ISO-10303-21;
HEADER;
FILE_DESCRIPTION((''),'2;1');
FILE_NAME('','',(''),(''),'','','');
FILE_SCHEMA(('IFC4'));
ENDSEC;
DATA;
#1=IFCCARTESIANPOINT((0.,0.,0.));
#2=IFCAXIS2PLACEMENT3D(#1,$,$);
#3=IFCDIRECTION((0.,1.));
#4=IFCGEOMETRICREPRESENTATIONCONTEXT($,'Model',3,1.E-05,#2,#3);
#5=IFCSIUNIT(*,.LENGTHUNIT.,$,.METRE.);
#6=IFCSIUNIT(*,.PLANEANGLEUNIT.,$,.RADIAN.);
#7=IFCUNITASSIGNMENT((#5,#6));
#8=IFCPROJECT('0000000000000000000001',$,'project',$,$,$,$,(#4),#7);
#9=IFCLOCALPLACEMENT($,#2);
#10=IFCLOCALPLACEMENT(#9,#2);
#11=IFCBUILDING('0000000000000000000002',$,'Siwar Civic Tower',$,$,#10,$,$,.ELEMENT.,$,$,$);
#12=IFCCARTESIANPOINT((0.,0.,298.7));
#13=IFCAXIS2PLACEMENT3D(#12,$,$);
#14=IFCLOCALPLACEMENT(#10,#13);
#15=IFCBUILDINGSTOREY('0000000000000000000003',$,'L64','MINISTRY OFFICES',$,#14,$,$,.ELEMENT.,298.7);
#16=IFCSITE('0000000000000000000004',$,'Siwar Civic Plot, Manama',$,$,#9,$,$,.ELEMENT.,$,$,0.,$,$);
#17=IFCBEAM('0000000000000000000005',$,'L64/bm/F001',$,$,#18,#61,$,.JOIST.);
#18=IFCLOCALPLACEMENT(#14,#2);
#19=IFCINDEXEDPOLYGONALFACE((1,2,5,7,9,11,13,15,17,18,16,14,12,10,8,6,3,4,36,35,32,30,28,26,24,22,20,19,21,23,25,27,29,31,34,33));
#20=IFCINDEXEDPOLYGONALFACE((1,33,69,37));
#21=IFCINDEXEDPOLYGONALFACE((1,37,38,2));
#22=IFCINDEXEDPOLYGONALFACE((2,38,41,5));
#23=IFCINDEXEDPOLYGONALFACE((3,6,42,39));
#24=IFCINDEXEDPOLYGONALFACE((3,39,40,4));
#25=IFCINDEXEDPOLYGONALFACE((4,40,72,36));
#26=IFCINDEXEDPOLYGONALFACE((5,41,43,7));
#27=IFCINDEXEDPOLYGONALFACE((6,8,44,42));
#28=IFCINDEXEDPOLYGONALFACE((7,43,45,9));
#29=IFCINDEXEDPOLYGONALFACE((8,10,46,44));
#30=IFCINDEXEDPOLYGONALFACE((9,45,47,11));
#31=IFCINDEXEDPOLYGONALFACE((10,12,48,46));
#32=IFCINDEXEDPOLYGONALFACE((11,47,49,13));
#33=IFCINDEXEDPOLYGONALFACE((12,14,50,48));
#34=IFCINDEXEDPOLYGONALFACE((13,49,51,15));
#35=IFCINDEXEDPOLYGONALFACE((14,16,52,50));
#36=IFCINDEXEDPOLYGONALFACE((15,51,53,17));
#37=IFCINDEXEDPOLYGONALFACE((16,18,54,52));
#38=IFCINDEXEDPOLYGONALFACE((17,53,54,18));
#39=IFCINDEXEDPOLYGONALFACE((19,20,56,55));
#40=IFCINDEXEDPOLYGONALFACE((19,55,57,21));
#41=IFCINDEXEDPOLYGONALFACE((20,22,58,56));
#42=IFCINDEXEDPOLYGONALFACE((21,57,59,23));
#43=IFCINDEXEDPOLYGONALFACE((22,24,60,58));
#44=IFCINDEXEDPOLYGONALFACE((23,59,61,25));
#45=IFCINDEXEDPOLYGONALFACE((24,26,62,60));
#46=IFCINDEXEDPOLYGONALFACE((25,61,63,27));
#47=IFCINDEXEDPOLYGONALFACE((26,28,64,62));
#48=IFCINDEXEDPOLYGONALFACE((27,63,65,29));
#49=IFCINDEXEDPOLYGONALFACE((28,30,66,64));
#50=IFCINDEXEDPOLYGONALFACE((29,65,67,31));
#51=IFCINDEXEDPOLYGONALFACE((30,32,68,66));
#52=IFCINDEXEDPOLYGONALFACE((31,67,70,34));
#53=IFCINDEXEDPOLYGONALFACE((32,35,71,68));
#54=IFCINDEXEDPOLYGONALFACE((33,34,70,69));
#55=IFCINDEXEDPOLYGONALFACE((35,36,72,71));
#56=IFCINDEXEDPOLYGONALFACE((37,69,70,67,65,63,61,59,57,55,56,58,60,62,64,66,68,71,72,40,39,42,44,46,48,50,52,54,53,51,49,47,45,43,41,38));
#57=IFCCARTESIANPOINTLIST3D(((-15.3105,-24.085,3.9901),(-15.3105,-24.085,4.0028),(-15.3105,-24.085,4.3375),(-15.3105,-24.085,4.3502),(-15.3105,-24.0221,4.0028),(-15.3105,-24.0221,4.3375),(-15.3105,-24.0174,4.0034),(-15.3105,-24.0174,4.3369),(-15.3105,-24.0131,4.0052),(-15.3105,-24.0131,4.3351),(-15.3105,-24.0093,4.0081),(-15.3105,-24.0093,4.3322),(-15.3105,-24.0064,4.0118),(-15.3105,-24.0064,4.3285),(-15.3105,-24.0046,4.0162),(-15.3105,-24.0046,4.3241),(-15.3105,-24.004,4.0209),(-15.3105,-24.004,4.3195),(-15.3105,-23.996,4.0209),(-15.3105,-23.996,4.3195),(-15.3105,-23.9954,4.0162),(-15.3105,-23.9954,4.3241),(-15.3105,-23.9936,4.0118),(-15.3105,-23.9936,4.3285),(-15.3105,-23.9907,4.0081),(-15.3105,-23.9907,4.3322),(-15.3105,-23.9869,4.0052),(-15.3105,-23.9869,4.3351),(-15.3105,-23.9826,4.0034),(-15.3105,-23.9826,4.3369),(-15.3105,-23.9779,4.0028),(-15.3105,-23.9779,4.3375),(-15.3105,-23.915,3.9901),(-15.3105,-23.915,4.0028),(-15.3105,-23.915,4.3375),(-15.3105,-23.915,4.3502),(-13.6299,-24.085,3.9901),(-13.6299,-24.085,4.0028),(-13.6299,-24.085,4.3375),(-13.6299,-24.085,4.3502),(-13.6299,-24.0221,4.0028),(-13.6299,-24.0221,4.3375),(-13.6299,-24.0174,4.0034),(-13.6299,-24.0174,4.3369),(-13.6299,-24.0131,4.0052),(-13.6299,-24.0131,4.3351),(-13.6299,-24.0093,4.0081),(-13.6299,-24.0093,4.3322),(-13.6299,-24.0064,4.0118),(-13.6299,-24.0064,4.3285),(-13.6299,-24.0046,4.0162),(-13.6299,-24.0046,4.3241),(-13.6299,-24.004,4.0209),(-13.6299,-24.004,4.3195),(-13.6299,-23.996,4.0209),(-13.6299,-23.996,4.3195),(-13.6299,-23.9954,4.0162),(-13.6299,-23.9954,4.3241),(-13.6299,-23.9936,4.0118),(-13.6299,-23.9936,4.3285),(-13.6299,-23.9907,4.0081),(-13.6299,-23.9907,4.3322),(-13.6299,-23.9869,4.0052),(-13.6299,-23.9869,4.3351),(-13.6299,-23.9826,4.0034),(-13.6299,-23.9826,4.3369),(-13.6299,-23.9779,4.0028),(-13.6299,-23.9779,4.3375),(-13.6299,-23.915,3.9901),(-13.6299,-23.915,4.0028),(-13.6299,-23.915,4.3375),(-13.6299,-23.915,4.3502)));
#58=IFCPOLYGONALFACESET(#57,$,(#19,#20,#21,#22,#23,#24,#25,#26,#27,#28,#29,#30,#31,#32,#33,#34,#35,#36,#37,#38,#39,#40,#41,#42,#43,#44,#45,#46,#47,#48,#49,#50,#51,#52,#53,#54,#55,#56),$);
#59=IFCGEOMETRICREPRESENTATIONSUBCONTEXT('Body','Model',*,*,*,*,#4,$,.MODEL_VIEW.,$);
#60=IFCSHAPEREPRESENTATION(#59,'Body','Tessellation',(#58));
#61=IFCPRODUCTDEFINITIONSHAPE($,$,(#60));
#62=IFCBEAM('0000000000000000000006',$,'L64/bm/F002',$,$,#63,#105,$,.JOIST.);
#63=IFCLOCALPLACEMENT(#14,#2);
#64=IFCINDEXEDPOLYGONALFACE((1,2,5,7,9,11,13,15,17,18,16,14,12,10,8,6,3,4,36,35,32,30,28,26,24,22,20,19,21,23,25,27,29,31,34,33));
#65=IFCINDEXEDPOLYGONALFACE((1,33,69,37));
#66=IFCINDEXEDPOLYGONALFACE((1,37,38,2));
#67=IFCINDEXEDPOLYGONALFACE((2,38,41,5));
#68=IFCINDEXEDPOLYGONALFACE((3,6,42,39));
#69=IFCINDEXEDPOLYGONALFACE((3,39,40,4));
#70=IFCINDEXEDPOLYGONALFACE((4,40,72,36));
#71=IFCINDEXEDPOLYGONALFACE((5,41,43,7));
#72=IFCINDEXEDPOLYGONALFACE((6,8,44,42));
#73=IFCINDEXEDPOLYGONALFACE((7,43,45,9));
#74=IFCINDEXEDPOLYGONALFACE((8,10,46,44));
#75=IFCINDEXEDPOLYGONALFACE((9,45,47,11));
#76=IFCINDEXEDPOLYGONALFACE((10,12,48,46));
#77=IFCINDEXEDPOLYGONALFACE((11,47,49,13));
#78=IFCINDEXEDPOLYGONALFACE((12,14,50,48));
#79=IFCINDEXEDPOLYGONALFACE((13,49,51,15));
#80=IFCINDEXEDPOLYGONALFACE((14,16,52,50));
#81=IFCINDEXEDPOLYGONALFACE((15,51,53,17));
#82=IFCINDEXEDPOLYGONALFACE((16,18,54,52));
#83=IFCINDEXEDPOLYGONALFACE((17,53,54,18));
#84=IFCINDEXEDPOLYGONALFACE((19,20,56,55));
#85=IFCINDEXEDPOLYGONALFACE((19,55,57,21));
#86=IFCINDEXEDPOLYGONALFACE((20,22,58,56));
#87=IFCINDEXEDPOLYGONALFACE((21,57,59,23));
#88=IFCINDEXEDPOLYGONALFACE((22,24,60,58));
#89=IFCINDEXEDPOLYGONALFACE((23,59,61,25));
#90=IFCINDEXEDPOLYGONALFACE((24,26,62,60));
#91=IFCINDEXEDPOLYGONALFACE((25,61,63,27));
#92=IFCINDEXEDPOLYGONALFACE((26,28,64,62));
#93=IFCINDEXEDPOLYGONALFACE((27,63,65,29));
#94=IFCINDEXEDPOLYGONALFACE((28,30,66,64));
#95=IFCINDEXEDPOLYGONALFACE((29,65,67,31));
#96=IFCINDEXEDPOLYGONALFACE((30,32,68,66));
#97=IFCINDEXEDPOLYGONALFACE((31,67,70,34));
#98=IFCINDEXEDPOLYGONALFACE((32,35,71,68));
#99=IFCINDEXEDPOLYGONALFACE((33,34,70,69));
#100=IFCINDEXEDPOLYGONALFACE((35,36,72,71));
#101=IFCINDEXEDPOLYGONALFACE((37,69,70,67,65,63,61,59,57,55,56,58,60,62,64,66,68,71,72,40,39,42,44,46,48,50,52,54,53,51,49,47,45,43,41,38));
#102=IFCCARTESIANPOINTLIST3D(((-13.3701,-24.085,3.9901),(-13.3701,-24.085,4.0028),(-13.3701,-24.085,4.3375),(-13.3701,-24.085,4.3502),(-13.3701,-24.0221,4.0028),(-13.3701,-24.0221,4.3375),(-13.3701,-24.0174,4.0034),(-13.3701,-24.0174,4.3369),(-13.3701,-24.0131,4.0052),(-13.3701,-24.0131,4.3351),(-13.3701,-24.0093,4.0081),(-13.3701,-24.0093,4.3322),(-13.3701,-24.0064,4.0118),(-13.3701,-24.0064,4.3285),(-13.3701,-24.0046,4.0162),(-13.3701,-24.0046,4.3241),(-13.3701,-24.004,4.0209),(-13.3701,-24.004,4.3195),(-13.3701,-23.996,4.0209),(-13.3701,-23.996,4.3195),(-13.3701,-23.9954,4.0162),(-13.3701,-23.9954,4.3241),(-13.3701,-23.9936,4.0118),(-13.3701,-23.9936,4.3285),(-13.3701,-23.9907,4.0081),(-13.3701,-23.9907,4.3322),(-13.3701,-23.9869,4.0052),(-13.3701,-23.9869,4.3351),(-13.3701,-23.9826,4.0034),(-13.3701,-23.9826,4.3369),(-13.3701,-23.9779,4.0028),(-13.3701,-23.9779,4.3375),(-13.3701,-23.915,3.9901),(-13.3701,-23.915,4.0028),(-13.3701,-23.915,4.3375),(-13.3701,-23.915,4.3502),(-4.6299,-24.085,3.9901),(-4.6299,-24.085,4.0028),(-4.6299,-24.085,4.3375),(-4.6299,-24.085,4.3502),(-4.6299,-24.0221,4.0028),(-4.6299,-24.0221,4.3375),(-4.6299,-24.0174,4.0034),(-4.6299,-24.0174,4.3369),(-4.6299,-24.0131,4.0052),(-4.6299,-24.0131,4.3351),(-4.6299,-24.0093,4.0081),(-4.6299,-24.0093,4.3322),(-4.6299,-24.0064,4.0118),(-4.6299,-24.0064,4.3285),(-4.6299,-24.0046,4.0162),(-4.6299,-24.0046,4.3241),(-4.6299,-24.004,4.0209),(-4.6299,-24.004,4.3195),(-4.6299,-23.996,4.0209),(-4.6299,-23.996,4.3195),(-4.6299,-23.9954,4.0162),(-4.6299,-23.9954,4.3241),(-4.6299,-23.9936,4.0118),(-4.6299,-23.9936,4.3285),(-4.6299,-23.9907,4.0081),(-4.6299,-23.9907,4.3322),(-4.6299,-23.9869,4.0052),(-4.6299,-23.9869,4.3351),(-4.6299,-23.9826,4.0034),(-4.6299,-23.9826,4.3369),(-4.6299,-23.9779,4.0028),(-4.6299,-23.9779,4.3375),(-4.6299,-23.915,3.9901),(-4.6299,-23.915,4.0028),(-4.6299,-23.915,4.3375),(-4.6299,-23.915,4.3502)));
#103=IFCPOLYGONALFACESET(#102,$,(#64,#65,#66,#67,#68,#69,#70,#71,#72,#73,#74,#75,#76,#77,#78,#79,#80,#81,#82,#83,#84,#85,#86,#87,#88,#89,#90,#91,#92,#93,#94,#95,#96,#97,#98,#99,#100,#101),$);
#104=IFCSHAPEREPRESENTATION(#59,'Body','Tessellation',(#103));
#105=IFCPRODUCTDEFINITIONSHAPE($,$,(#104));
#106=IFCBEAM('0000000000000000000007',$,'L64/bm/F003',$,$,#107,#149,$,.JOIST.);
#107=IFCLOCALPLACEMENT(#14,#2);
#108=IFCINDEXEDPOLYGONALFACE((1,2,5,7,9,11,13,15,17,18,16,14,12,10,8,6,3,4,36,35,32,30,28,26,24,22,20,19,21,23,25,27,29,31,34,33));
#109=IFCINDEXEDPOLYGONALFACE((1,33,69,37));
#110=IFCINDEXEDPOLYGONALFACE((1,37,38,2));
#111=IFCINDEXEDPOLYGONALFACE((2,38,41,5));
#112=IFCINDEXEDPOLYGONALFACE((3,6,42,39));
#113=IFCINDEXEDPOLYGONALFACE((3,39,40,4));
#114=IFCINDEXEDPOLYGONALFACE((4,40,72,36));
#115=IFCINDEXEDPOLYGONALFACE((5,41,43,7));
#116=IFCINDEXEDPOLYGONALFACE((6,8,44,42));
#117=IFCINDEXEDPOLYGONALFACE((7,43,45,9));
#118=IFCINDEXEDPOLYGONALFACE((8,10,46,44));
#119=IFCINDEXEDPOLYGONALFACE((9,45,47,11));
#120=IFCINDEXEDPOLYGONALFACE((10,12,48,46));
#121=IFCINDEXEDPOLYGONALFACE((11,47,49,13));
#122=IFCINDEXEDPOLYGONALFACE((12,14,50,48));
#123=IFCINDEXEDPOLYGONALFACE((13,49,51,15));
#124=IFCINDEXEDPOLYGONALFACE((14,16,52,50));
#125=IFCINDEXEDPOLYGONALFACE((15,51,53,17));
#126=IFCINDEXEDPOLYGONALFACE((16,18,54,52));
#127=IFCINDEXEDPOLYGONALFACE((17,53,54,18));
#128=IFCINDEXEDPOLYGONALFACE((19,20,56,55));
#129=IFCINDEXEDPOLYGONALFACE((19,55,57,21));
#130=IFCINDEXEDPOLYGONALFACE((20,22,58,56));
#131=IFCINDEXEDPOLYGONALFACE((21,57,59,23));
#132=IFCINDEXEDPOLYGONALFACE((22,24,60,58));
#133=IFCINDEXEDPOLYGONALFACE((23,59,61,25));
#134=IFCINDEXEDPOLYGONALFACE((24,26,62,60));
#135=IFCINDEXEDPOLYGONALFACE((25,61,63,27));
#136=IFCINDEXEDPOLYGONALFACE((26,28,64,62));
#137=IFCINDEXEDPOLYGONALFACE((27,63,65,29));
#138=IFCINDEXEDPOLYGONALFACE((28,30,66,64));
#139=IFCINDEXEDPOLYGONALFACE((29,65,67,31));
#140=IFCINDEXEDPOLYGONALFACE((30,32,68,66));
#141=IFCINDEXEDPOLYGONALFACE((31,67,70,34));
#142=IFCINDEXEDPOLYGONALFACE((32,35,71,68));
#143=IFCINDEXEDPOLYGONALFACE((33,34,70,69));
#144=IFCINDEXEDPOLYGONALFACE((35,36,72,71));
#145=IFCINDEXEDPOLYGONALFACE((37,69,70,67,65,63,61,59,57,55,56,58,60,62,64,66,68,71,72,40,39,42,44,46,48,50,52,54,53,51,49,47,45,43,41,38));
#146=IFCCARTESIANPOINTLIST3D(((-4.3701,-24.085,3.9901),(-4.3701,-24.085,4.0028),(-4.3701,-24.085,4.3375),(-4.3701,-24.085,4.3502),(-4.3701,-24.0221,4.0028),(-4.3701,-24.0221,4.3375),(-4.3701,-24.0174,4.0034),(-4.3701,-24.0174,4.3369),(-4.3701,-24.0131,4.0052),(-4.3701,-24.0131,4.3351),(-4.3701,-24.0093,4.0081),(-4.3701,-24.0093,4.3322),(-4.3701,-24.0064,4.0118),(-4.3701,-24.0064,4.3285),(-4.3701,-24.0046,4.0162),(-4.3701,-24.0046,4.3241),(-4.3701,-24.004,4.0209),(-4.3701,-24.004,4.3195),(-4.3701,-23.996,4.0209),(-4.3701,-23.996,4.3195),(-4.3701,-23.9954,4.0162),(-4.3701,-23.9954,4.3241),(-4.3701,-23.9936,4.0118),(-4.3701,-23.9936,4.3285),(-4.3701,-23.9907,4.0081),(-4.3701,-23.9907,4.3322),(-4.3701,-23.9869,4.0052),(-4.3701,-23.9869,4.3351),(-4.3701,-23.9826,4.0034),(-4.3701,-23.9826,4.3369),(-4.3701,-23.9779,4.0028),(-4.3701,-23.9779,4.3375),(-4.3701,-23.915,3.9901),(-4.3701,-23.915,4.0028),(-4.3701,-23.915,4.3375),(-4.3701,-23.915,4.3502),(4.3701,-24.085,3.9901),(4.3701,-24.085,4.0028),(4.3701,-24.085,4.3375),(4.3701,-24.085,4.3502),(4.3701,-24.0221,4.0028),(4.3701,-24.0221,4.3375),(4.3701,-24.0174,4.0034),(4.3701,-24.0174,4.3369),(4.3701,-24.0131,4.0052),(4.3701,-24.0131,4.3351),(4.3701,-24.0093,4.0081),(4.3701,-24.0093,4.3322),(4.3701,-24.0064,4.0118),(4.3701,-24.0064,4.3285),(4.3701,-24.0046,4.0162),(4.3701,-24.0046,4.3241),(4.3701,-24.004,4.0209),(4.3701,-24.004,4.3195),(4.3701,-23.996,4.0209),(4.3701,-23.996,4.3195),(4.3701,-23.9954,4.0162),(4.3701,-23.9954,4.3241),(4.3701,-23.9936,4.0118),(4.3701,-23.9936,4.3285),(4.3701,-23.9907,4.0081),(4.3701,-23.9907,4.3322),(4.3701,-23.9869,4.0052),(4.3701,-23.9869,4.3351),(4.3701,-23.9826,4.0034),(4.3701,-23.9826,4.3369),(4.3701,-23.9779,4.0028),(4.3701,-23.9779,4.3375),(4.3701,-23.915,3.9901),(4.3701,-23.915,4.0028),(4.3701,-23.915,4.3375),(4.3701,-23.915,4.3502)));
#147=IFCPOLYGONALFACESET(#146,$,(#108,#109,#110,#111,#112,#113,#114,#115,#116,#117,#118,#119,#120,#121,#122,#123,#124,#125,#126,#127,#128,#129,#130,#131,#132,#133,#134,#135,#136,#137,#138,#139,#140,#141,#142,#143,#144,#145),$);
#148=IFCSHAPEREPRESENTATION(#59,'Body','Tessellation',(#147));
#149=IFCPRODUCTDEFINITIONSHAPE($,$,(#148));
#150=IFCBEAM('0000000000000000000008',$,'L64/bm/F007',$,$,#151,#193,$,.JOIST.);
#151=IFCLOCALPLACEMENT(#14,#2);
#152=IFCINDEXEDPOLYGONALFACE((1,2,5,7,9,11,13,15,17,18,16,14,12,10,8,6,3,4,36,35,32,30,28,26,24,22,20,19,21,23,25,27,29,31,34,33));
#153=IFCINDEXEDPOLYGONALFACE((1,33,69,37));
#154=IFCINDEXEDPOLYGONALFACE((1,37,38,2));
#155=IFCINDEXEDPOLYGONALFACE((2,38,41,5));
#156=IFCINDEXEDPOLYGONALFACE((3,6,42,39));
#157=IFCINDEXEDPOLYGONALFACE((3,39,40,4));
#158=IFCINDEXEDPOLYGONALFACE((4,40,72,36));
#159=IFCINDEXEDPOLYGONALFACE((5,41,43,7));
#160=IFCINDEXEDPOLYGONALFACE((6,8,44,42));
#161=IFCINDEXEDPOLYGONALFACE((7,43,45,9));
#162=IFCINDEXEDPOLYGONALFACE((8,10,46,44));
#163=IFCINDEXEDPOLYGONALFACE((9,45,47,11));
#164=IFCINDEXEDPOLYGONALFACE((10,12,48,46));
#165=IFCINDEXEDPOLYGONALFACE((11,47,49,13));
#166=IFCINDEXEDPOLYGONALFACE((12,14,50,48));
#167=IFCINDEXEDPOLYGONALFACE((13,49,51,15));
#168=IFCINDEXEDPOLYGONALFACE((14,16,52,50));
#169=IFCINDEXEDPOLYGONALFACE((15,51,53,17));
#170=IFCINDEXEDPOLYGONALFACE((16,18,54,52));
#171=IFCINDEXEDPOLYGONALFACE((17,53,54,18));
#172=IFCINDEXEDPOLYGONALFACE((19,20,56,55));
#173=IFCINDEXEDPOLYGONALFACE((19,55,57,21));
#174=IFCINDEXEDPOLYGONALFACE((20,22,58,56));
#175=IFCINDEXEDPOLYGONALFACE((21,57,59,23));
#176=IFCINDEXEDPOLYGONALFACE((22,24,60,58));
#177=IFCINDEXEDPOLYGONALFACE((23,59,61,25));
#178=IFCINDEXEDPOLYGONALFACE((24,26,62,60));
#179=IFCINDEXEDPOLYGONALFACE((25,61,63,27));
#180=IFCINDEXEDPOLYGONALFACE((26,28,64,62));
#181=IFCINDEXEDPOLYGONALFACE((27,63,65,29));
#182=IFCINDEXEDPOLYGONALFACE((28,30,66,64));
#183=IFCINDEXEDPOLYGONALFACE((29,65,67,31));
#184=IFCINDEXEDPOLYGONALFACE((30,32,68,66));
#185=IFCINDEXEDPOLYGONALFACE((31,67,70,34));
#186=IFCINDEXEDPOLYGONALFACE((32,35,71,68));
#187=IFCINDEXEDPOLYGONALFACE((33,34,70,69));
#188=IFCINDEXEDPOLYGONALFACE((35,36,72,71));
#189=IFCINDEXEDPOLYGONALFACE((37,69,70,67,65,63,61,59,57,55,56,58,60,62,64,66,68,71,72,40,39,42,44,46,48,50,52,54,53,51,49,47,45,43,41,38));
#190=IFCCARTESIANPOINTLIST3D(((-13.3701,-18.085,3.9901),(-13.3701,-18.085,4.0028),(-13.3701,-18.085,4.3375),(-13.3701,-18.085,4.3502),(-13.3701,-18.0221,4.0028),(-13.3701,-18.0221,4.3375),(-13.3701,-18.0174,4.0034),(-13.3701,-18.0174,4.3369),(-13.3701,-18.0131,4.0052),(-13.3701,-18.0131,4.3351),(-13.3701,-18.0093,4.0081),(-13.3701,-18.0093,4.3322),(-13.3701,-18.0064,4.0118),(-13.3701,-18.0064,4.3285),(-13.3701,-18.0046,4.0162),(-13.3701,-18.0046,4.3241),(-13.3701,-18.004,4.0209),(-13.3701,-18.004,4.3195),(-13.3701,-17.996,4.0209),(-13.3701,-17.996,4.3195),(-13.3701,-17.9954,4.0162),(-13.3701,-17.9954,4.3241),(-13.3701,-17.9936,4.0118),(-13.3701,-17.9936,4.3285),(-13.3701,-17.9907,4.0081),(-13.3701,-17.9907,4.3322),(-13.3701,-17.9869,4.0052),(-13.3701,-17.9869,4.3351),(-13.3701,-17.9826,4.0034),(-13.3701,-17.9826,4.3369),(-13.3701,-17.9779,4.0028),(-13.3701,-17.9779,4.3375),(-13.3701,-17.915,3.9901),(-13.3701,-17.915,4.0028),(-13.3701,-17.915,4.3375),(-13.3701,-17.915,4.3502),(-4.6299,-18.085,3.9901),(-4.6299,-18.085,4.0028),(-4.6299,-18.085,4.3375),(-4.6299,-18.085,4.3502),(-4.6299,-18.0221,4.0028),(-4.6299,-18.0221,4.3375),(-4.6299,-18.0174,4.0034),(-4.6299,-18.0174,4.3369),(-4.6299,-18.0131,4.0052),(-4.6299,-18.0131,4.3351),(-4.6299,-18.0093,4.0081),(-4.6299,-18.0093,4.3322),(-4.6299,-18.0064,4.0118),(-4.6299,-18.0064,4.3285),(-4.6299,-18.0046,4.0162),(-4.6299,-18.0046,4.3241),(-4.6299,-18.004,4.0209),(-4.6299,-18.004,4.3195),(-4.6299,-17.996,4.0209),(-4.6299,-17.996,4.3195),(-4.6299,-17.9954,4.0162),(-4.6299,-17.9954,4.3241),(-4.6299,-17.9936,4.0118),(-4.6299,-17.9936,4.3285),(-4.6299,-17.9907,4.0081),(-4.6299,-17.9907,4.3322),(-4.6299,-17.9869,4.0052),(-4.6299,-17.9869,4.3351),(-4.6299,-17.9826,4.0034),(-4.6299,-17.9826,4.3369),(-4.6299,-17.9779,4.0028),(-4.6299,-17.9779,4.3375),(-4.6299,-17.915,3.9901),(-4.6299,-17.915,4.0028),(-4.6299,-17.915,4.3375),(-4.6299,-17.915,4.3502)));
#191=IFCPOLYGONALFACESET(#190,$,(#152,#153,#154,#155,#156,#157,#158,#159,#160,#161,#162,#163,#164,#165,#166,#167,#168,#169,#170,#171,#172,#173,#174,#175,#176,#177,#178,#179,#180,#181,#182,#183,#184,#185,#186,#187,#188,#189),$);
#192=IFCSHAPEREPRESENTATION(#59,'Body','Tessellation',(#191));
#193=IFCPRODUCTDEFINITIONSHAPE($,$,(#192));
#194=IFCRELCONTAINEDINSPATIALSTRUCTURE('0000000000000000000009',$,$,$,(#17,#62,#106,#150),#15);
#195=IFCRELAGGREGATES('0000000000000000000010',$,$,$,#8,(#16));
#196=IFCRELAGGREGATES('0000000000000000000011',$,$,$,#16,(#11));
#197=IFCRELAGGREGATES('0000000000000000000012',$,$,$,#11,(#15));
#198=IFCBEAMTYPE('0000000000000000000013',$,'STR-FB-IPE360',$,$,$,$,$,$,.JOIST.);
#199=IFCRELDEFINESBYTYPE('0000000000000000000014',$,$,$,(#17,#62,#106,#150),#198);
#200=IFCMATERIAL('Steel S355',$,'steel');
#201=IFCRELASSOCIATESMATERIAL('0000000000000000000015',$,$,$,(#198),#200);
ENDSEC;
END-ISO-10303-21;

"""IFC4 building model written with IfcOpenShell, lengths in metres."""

from ifc_helpers import new_model, si_unit, direction, frame, origin, origin_2d, place, context, subcontext, project, spatial, i_section, extrude, material, material_profile, profile_set, type_object, element, save


model = new_model("IFC4")

# Units and contexts
model_context = context("Model", 3, precision=1e-05, world=origin(), true_north=direction((0.0, 1.0)))
body_context = subcontext(model_context, "Body", "Model", "MODEL_VIEW")
ifc_project = project(units=[si_unit("LENGTHUNIT", "METRE"), si_unit("PLANEANGLEUNIT", "RADIAN")], contexts=[model_context])

# Site, building, storey
site_placement = place(None, origin())
site = spatial("IfcSite", under=ifc_project, at=site_placement, Name="Siwar Civic Plot, Manama", CompositionType="ELEMENT", RefElevation=0.0)
building_placement = place(site_placement, origin())
building = spatial("IfcBuilding", under=site, at=building_placement, Name="Siwar Civic Tower", CompositionType="ELEMENT")
storey_placement = place(building_placement, frame((0.0, 0.0, 298.7)))
storey = spatial("IfcBuildingStorey", under=building, at=storey_placement, Name="L64", Description="MINISTRY OFFICES", CompositionType="ELEMENT", Elevation=298.7)

# Beams
ifc_material_1 = material(Name="Steel S355", Category="steel")
ifc_material_profile_1 = material_profile(ifc_material_1, i_section(OverallWidth=0.1699, OverallDepth=0.3601, WebThickness=0.0081, FlangeThickness=0.0127, FilletRadius=0.0181, at=origin_2d()), Name="IPE360")
ifc_profile_set_1 = profile_set([ifc_material_profile_1], Name="Steel S355")
beam_type_1 = type_object("IfcBeamType", Name="STR-FB-IPE360", PredefinedType="JOIST", material=ifc_profile_set_1)
beam_1_placement = place(storey_placement, frame((-15.3105, -24.0, 4.1702), z_axis=(1.0, 0.0, 0.0), x_axis=(0.0, 1.0, 0.0)))
element("IfcBeam", 1, at=beam_1_placement, inside=storey, type_object=beam_type_1, Name="L64/bm/F001", PredefinedType="JOIST", context=body_context, shape_type="SweptSolid", body=[
    extrude(i_section(OverallWidth=0.1699, OverallDepth=0.3601, WebThickness=0.0081, FlangeThickness=0.0127, FilletRadius=0.0181, at=origin_2d()), origin(), (0.0, 0.0, 1.0), 1.6807),
])
for number, where, z_axis, x_axis, name in (
    (2, (-13.3701, -24.0, 4.1702), (1.0, 0.0, 0.0), (0.0, 1.0, 0.0), "L64/bm/F002"),
    (3, (-4.3701, -24.0, 4.1702), (1.0, 0.0, 0.0), (0.0, 1.0, 0.0), "L64/bm/F003"),
    (4, (-13.3701, -18.0, 4.1702), (1.0, 0.0, 0.0), (0.0, 1.0, 0.0), "L64/bm/F007"),
):
    element("IfcBeam", number, at=place(storey_placement, frame(where, z_axis=z_axis, x_axis=x_axis)), inside=storey, type_object=beam_type_1, Name=name, PredefinedType="JOIST", context=body_context, shape_type="SweptSolid", body=[
        extrude(i_section(OverallWidth=0.1699, OverallDepth=0.3601, WebThickness=0.0081, FlangeThickness=0.0127, FilletRadius=0.0181, at=origin_2d()), origin(), (0.0, 0.0, 1.0), 8.7402),
    ])

save(model, "model.ifc")
